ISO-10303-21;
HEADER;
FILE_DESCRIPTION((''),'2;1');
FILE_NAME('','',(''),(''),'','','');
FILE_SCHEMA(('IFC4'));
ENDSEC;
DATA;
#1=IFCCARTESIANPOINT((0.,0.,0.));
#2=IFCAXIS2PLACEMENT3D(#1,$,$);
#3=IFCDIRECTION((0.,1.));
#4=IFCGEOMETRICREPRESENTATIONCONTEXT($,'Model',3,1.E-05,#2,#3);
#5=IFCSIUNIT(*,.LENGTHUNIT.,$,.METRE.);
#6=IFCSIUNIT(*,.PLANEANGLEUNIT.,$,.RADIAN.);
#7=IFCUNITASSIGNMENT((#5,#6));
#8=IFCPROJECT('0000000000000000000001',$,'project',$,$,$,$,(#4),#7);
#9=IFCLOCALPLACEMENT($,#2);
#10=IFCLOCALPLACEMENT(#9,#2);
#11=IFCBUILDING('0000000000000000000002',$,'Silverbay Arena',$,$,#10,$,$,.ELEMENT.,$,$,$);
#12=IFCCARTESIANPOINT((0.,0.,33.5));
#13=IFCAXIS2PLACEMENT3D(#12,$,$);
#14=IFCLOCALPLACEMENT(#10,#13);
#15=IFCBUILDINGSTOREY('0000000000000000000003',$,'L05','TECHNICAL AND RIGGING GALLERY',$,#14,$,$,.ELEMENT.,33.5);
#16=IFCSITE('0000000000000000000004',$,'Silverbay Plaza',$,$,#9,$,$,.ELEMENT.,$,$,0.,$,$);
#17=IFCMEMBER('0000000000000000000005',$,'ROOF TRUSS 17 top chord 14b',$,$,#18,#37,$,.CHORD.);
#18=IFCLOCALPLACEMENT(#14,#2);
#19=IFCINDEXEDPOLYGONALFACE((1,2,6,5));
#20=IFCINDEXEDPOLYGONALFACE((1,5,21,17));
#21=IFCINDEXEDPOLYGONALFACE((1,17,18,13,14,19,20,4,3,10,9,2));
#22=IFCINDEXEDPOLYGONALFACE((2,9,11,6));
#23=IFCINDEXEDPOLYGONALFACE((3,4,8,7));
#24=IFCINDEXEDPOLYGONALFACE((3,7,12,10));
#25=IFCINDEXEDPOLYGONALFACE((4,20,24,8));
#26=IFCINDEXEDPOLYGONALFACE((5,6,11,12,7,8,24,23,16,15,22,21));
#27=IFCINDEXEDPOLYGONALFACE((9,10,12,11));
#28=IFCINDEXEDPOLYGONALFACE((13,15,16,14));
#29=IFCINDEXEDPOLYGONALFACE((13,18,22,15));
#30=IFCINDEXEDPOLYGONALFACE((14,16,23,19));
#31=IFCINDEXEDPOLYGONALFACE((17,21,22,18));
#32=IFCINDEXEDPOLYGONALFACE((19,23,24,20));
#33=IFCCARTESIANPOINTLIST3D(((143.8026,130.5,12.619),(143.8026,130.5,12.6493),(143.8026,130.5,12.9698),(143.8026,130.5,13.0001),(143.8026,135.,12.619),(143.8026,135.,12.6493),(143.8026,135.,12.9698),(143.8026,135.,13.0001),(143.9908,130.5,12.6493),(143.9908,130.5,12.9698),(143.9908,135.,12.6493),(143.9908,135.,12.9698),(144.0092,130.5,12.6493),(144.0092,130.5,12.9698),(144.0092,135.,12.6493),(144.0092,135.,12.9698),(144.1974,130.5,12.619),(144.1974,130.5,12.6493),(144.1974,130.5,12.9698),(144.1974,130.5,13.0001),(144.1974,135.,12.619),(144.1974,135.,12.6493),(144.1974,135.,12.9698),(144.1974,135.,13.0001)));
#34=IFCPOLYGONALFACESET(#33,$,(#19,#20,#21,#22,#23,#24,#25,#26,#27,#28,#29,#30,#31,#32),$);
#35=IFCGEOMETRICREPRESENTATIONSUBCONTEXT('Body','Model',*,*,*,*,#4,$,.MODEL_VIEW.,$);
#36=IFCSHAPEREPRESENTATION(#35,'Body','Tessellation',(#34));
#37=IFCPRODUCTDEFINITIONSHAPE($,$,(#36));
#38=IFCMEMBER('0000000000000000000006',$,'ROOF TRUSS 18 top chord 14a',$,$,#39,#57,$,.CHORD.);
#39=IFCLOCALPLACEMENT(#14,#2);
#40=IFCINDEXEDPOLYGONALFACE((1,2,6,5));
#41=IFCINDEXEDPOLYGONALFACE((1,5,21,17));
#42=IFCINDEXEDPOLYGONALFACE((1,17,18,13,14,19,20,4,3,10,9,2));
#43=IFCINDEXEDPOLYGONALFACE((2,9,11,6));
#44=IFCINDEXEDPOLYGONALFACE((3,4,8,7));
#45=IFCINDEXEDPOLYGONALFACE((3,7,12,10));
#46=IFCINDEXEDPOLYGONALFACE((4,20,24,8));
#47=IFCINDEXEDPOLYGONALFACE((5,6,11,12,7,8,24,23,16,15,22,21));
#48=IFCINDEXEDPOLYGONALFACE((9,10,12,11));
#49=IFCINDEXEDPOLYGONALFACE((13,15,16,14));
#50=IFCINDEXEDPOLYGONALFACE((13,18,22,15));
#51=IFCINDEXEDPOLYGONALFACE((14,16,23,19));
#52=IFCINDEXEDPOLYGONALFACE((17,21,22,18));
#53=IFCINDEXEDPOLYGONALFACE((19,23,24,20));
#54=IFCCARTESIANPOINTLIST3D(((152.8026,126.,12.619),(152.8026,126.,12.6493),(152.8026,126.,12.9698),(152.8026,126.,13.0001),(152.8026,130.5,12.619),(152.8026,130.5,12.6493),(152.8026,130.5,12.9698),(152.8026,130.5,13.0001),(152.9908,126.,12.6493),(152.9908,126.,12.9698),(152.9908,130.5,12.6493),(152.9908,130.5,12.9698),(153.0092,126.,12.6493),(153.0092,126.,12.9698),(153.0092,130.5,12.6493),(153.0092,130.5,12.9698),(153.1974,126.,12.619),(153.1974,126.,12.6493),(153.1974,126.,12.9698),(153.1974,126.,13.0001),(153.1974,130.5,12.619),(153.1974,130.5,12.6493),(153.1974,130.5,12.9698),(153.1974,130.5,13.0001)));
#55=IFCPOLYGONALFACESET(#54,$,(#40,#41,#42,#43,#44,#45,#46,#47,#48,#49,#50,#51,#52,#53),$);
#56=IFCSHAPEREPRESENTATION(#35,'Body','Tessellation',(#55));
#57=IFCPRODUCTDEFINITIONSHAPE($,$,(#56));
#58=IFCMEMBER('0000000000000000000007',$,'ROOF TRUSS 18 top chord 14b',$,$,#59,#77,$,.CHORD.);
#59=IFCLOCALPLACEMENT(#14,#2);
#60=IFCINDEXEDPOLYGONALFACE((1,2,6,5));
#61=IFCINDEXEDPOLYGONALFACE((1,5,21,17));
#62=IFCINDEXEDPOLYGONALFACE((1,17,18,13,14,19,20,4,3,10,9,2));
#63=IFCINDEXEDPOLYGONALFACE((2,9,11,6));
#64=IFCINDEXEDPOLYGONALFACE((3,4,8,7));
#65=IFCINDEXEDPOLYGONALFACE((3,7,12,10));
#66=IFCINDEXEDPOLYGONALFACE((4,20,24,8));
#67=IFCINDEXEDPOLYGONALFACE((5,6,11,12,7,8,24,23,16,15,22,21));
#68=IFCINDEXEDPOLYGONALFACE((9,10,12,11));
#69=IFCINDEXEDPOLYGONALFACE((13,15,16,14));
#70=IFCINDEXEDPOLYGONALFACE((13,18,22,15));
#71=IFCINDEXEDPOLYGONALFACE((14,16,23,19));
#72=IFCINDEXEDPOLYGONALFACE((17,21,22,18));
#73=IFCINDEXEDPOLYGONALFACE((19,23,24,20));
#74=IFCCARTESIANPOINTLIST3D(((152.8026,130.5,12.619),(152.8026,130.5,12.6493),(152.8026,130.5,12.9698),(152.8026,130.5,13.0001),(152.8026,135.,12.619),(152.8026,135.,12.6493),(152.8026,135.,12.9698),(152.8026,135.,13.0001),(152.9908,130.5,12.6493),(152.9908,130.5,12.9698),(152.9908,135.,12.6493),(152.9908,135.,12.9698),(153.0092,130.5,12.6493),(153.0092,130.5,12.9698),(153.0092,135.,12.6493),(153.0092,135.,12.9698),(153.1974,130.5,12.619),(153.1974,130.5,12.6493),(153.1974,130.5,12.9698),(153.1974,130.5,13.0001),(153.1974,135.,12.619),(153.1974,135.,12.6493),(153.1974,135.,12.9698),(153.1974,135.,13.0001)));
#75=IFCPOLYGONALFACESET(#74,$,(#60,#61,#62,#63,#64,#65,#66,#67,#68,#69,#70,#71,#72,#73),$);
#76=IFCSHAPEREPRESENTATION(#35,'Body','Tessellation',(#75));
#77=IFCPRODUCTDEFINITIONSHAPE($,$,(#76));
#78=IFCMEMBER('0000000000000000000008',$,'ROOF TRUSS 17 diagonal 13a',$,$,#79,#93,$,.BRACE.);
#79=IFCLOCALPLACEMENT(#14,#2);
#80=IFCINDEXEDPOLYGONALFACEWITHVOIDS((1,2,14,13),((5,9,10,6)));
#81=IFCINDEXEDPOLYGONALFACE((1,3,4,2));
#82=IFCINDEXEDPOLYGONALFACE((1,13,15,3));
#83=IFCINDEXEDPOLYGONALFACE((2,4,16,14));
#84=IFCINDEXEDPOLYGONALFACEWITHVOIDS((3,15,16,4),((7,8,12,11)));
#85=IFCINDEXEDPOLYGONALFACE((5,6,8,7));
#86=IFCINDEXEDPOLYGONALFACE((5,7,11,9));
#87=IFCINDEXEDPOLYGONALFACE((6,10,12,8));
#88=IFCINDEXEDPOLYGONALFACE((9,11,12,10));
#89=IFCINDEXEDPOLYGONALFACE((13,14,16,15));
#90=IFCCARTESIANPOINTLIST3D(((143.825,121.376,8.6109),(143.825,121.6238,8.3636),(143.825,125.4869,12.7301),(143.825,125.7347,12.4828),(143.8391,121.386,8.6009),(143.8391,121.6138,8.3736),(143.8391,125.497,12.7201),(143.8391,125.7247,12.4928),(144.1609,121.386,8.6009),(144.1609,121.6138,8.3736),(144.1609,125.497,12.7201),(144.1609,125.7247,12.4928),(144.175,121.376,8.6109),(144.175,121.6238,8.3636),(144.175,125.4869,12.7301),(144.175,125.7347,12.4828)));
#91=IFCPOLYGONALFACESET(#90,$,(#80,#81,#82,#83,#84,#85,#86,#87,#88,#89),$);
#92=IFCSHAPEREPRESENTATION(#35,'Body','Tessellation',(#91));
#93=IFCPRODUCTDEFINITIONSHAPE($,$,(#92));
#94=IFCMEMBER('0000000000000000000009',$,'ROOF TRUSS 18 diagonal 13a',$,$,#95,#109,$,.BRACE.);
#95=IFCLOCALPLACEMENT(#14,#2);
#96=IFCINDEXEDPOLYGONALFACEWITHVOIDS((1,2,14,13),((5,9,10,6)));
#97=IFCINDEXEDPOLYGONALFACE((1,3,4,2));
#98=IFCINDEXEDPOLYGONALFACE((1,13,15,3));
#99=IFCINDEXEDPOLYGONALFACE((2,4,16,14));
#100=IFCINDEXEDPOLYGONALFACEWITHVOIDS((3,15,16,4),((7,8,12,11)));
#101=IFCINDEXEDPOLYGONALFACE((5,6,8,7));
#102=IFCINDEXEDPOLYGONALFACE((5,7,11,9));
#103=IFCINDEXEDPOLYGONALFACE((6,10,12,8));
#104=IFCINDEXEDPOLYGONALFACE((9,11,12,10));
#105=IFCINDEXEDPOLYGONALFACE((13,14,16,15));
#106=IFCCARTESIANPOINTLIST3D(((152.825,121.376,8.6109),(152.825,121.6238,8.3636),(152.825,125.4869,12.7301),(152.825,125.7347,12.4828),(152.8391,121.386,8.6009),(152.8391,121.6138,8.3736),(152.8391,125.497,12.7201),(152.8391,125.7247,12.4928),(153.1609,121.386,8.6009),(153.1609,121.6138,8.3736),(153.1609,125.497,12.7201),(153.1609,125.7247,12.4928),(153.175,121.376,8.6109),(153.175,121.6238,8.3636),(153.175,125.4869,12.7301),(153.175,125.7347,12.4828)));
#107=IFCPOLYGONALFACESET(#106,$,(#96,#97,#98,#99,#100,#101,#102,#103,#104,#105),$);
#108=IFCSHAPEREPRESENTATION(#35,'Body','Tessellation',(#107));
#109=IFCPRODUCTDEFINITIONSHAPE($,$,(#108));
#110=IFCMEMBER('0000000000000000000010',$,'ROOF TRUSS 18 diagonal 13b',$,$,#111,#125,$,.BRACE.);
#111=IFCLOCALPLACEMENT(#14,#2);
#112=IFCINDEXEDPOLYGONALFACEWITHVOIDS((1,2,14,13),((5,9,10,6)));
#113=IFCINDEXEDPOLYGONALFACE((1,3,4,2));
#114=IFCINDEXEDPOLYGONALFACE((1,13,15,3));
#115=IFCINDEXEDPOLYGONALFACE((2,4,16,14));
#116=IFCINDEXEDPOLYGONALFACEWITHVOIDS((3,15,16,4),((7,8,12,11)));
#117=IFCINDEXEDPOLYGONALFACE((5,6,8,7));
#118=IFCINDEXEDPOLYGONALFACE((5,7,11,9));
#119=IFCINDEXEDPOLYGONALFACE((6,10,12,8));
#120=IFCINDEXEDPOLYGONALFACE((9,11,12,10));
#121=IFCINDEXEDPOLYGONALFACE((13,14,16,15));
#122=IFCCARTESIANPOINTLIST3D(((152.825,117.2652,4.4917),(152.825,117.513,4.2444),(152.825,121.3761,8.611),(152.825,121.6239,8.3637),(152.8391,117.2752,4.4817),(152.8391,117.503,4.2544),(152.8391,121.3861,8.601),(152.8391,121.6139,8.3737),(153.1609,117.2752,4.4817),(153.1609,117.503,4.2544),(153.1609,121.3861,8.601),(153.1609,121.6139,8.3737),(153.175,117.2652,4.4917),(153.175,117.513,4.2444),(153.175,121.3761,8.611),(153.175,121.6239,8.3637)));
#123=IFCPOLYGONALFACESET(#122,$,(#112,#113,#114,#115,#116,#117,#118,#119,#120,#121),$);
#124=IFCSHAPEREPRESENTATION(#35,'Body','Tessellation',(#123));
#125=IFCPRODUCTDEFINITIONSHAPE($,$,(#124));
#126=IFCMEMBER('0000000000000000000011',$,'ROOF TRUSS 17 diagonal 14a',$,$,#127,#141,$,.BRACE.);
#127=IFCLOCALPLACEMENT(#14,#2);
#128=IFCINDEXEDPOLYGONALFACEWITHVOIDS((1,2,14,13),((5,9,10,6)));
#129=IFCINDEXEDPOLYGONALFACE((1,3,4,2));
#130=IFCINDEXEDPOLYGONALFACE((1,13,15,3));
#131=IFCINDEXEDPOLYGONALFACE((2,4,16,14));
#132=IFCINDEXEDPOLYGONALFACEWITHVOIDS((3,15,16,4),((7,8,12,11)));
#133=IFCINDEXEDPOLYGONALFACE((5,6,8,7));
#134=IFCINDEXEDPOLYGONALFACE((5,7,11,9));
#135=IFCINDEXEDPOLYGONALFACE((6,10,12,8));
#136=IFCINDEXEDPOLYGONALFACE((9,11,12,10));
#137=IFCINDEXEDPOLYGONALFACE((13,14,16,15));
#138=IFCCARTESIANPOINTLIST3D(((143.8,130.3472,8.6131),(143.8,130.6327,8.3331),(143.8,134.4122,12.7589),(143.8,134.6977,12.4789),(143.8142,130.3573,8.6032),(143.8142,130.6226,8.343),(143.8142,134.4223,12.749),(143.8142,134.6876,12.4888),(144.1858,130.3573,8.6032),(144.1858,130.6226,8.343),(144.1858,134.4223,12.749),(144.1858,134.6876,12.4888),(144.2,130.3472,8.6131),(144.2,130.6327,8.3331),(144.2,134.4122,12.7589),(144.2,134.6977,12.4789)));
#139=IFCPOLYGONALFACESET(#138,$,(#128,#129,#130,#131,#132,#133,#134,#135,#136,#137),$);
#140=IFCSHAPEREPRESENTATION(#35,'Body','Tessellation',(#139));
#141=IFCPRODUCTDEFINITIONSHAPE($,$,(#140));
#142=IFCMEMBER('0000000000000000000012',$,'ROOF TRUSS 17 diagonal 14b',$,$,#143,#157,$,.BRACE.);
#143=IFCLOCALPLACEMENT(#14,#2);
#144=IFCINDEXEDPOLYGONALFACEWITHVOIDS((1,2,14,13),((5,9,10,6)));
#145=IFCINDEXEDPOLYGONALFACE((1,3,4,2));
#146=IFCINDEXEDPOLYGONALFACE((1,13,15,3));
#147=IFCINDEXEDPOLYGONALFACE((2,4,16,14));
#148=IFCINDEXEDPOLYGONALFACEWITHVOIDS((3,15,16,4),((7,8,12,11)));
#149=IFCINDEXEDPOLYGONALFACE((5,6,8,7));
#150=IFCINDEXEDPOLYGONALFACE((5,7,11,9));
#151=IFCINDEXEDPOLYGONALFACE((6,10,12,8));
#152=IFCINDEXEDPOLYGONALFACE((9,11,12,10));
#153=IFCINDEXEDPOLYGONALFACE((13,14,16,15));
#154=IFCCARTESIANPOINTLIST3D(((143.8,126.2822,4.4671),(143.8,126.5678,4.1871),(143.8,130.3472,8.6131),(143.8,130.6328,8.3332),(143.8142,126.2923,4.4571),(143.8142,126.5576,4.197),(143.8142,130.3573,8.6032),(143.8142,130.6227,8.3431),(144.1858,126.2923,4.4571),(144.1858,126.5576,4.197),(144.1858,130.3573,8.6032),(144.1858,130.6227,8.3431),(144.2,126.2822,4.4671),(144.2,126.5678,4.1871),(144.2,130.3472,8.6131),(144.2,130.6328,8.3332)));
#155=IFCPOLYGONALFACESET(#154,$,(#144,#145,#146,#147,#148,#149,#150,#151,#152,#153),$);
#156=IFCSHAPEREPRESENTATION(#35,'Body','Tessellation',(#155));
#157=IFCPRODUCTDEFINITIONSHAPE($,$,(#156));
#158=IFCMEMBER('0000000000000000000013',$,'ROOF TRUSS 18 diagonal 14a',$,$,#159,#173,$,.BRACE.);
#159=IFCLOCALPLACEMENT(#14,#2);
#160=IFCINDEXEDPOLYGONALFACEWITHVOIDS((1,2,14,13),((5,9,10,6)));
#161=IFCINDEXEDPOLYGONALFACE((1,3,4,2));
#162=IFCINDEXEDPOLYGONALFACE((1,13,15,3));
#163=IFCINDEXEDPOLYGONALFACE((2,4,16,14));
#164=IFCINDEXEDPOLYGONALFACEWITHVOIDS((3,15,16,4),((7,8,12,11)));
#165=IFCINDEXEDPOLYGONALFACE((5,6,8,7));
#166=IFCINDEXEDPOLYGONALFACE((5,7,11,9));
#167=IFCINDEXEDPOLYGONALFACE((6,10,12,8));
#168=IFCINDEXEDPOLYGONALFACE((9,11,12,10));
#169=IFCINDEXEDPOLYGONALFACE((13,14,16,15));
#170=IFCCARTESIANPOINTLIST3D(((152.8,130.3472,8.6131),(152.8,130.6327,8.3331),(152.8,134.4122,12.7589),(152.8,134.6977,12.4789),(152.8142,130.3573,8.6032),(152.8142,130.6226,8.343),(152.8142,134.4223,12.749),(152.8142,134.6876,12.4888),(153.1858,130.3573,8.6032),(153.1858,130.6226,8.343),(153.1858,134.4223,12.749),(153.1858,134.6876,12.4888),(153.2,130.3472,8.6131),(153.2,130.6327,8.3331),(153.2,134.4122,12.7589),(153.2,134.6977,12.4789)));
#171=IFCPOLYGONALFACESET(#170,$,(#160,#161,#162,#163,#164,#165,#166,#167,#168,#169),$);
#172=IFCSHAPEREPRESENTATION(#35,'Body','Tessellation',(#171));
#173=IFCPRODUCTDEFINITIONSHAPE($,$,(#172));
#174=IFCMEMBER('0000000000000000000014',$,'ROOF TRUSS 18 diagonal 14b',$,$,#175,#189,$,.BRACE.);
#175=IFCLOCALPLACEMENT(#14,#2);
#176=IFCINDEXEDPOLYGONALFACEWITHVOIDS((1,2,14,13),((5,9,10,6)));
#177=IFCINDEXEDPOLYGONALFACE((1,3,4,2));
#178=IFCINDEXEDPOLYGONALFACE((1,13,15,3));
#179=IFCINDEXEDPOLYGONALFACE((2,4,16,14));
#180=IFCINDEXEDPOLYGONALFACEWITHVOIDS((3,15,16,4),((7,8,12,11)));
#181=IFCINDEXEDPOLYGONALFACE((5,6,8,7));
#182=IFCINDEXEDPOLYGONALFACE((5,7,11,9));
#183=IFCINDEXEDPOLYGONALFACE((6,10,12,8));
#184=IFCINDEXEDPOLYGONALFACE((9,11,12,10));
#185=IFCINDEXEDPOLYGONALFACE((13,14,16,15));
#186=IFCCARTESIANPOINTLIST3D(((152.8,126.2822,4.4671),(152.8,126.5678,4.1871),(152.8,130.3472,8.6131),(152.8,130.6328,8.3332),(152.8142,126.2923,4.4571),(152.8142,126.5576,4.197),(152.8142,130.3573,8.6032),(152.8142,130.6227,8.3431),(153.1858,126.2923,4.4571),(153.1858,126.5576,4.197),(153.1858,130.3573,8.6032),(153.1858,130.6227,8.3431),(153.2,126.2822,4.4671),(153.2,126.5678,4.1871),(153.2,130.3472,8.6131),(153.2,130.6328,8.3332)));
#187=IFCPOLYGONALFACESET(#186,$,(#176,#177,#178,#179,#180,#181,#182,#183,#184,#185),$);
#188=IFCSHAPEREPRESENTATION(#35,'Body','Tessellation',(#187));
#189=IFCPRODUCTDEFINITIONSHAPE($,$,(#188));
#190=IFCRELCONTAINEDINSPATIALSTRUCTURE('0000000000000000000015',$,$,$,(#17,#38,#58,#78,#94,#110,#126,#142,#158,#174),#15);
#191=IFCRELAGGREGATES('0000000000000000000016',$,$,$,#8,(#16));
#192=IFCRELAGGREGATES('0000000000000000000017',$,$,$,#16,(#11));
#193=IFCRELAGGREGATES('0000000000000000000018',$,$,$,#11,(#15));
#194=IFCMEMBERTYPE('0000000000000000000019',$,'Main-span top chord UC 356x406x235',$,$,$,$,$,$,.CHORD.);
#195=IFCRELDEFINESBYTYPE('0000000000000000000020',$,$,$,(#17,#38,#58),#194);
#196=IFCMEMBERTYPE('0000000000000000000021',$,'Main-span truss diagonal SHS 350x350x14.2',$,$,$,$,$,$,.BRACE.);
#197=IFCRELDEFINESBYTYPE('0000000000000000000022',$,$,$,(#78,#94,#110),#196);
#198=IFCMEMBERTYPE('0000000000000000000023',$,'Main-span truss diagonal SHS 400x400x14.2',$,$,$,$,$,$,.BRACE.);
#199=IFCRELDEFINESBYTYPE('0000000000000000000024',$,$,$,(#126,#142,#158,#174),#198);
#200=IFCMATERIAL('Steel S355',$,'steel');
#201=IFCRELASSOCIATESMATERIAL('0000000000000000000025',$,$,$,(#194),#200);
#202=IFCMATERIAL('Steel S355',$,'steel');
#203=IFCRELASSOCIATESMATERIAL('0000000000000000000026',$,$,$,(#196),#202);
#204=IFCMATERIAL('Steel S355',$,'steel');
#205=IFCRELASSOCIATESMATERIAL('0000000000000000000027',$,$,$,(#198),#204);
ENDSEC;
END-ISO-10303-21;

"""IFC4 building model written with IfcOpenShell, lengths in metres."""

from ifc_helpers import new_model, si_unit, direction, frame, origin, origin_2d, place, context, subcontext, project, spatial, hollow_rectangle, i_section, extrude, material, material_profile, profile_set, type_object, element, save


model = new_model("IFC4")

# Units and contexts
model_context = context("Model", 3, precision=1e-05, world=origin(), true_north=direction((0.0, 1.0)))
body_context = subcontext(model_context, "Body", "Model", "MODEL_VIEW")
ifc_project = project(units=[si_unit("LENGTHUNIT", "METRE"), si_unit("PLANEANGLEUNIT", "RADIAN")], contexts=[model_context])

# Site, building, storey
site_placement = place(None, origin())
site = spatial("IfcSite", under=ifc_project, at=site_placement, Name="Silverbay Plaza", CompositionType="ELEMENT", RefElevation=0.0)
building_placement = place(site_placement, origin())
building = spatial("IfcBuilding", under=site, at=building_placement, Name="Silverbay Arena", CompositionType="ELEMENT")
storey_placement = place(building_placement, frame((0.0, 0.0, 33.5)))
storey = spatial("IfcBuildingStorey", under=building, at=storey_placement, Name="L05", Description="TECHNICAL AND RIGGING GALLERY", CompositionType="ELEMENT", Elevation=33.5)

# Members
ifc_material_1 = material(Name="Steel S355", Category="steel")
ifc_material_profile_1 = material_profile(ifc_material_1, i_section(OverallWidth=0.3948, OverallDepth=0.3811, WebThickness=0.0183, FlangeThickness=0.0303, at=origin_2d()), Name="UC 356x406x235")
ifc_profile_set_1 = profile_set([ifc_material_profile_1], Name="Steel S355")
member_type_1 = type_object("IfcMemberType", Name="Main-span top chord UC 356x406x235", PredefinedType="CHORD", material=ifc_profile_set_1)
for number, where, z_axis, x_axis, name in (
    (1, (144.0, 130.5, 12.8096), (0.0, 1.0, 0.0), (-1.0, 0.0, 0.0), "ROOF TRUSS 17 top chord 14b"),
    (2, (153.0, 126.0, 12.8096), (0.0, 1.0, 0.0), (-1.0, 0.0, 0.0), "ROOF TRUSS 18 top chord 14a"),
    (3, (153.0, 130.5, 12.8096), (0.0, 1.0, 0.0), (-1.0, 0.0, 0.0), "ROOF TRUSS 18 top chord 14b"),
):
    element("IfcMember", number, at=place(storey_placement, frame(where, z_axis=z_axis, x_axis=x_axis)), inside=storey, type_object=member_type_1, Name=name, PredefinedType="CHORD", context=body_context, shape_type="SweptSolid", body=[
        extrude(i_section(OverallWidth=0.3948, OverallDepth=0.3811, WebThickness=0.0183, FlangeThickness=0.0303, at=origin_2d()), origin(), (0.0, 0.0, 1.0), 4.5),
    ])
ifc_material_2 = material(Name="Steel S355", Category="steel")
ifc_material_profile_2 = material_profile(ifc_material_2, hollow_rectangle(XDim=0.3501, YDim=0.3501, WallThickness=0.0142, at=origin_2d()), Name="SHS 350x350x14.2")
ifc_profile_set_2 = profile_set([ifc_material_profile_2], Name="Steel S355")
member_type_2 = type_object("IfcMemberType", Name="Main-span truss diagonal SHS 350x350x14.2", PredefinedType="BRACE", material=ifc_profile_set_2)
for number, where, z_axis, x_axis, name in (
    (4, (144.0, 125.6108, 12.6064), (0.0, -0.706393, -0.70782), (1.0, 0.0, 0.0), "ROOF TRUSS 17 diagonal 13a"),
    (5, (153.0, 125.6108, 12.6064), (0.0, -0.706393, -0.70782), (1.0, 0.0, 0.0), "ROOF TRUSS 18 diagonal 13a"),
    (6, (153.0, 121.5, 8.4873), (0.0, -0.706393, -0.70782), (1.0, 0.0, 0.0), "ROOF TRUSS 18 diagonal 13b"),
):
    element("IfcMember", number, at=place(storey_placement, frame(where, z_axis=z_axis, x_axis=x_axis)), inside=storey, type_object=member_type_2, Name=name, PredefinedType="BRACE", context=body_context, shape_type="SweptSolid", body=[
        extrude(hollow_rectangle(XDim=0.3501, YDim=0.3501, WallThickness=0.0142, at=origin_2d()), origin(), (0.0, 0.0, 1.0), 5.8196),
    ])
ifc_material_3 = material(Name="Steel S355", Category="steel")
ifc_material_profile_3 = material_profile(ifc_material_3, hollow_rectangle(XDim=0.3999, YDim=0.3999, WallThickness=0.0142, at=origin_2d()), Name="SHS 400x400x14.2")
ifc_profile_set_3 = profile_set([ifc_material_profile_3], Name="Steel S355")
member_type_3 = type_object("IfcMemberType", Name="Main-span truss diagonal SHS 400x400x14.2", PredefinedType="BRACE", material=ifc_profile_set_3)
member_1_placement = place(storey_placement, frame((144.0, 134.5549, 12.6189), z_axis=(0.0, -0.700113, -0.714032), x_axis=(1.0, 0.0, 0.0)))
element("IfcMember", 7, at=member_1_placement, inside=storey, type_object=member_type_3, Name="ROOF TRUSS 17 diagonal 14a", PredefinedType="BRACE", context=body_context, shape_type="SweptSolid", body=[
    extrude(hollow_rectangle(XDim=0.3999, YDim=0.3999, WallThickness=0.0142, at=origin_2d()), origin(), (0.0, 0.0, 1.0), 5.8062),
])
member_2_placement = place(storey_placement, frame((144.0, 130.49, 8.4731), z_axis=(0.0, -0.700092, -0.714052), x_axis=(1.0, 0.0, 0.0)))
element("IfcMember", 8, at=member_2_placement, inside=storey, type_object=member_type_3, Name="ROOF TRUSS 17 diagonal 14b", PredefinedType="BRACE", context=body_context, shape_type="SweptSolid", body=[
    extrude(hollow_rectangle(XDim=0.3999, YDim=0.3999, WallThickness=0.0142, at=origin_2d()), origin(), (0.0, 0.0, 1.0), 5.8064),
])
member_3_placement = place(storey_placement, frame((153.0, 134.5549, 12.6189), z_axis=(0.0, -0.700113, -0.714032), x_axis=(1.0, 0.0, 0.0)))
element("IfcMember", 9, at=member_3_placement, inside=storey, type_object=member_type_3, Name="ROOF TRUSS 18 diagonal 14a", PredefinedType="BRACE", context=body_context, shape_type="SweptSolid", body=[
    extrude(hollow_rectangle(XDim=0.3999, YDim=0.3999, WallThickness=0.0142, at=origin_2d()), origin(), (0.0, 0.0, 1.0), 5.8062),
])
member_4_placement = place(storey_placement, frame((153.0, 130.49, 8.4731), z_axis=(0.0, -0.700092, -0.714052), x_axis=(1.0, 0.0, 0.0)))
element("IfcMember", 10, at=member_4_placement, inside=storey, type_object=member_type_3, Name="ROOF TRUSS 18 diagonal 14b", PredefinedType="BRACE", context=body_context, shape_type="SweptSolid", body=[
    extrude(hollow_rectangle(XDim=0.3999, YDim=0.3999, WallThickness=0.0142, at=origin_2d()), origin(), (0.0, 0.0, 1.0), 5.8064),
])

save(model, "model.ifc")
